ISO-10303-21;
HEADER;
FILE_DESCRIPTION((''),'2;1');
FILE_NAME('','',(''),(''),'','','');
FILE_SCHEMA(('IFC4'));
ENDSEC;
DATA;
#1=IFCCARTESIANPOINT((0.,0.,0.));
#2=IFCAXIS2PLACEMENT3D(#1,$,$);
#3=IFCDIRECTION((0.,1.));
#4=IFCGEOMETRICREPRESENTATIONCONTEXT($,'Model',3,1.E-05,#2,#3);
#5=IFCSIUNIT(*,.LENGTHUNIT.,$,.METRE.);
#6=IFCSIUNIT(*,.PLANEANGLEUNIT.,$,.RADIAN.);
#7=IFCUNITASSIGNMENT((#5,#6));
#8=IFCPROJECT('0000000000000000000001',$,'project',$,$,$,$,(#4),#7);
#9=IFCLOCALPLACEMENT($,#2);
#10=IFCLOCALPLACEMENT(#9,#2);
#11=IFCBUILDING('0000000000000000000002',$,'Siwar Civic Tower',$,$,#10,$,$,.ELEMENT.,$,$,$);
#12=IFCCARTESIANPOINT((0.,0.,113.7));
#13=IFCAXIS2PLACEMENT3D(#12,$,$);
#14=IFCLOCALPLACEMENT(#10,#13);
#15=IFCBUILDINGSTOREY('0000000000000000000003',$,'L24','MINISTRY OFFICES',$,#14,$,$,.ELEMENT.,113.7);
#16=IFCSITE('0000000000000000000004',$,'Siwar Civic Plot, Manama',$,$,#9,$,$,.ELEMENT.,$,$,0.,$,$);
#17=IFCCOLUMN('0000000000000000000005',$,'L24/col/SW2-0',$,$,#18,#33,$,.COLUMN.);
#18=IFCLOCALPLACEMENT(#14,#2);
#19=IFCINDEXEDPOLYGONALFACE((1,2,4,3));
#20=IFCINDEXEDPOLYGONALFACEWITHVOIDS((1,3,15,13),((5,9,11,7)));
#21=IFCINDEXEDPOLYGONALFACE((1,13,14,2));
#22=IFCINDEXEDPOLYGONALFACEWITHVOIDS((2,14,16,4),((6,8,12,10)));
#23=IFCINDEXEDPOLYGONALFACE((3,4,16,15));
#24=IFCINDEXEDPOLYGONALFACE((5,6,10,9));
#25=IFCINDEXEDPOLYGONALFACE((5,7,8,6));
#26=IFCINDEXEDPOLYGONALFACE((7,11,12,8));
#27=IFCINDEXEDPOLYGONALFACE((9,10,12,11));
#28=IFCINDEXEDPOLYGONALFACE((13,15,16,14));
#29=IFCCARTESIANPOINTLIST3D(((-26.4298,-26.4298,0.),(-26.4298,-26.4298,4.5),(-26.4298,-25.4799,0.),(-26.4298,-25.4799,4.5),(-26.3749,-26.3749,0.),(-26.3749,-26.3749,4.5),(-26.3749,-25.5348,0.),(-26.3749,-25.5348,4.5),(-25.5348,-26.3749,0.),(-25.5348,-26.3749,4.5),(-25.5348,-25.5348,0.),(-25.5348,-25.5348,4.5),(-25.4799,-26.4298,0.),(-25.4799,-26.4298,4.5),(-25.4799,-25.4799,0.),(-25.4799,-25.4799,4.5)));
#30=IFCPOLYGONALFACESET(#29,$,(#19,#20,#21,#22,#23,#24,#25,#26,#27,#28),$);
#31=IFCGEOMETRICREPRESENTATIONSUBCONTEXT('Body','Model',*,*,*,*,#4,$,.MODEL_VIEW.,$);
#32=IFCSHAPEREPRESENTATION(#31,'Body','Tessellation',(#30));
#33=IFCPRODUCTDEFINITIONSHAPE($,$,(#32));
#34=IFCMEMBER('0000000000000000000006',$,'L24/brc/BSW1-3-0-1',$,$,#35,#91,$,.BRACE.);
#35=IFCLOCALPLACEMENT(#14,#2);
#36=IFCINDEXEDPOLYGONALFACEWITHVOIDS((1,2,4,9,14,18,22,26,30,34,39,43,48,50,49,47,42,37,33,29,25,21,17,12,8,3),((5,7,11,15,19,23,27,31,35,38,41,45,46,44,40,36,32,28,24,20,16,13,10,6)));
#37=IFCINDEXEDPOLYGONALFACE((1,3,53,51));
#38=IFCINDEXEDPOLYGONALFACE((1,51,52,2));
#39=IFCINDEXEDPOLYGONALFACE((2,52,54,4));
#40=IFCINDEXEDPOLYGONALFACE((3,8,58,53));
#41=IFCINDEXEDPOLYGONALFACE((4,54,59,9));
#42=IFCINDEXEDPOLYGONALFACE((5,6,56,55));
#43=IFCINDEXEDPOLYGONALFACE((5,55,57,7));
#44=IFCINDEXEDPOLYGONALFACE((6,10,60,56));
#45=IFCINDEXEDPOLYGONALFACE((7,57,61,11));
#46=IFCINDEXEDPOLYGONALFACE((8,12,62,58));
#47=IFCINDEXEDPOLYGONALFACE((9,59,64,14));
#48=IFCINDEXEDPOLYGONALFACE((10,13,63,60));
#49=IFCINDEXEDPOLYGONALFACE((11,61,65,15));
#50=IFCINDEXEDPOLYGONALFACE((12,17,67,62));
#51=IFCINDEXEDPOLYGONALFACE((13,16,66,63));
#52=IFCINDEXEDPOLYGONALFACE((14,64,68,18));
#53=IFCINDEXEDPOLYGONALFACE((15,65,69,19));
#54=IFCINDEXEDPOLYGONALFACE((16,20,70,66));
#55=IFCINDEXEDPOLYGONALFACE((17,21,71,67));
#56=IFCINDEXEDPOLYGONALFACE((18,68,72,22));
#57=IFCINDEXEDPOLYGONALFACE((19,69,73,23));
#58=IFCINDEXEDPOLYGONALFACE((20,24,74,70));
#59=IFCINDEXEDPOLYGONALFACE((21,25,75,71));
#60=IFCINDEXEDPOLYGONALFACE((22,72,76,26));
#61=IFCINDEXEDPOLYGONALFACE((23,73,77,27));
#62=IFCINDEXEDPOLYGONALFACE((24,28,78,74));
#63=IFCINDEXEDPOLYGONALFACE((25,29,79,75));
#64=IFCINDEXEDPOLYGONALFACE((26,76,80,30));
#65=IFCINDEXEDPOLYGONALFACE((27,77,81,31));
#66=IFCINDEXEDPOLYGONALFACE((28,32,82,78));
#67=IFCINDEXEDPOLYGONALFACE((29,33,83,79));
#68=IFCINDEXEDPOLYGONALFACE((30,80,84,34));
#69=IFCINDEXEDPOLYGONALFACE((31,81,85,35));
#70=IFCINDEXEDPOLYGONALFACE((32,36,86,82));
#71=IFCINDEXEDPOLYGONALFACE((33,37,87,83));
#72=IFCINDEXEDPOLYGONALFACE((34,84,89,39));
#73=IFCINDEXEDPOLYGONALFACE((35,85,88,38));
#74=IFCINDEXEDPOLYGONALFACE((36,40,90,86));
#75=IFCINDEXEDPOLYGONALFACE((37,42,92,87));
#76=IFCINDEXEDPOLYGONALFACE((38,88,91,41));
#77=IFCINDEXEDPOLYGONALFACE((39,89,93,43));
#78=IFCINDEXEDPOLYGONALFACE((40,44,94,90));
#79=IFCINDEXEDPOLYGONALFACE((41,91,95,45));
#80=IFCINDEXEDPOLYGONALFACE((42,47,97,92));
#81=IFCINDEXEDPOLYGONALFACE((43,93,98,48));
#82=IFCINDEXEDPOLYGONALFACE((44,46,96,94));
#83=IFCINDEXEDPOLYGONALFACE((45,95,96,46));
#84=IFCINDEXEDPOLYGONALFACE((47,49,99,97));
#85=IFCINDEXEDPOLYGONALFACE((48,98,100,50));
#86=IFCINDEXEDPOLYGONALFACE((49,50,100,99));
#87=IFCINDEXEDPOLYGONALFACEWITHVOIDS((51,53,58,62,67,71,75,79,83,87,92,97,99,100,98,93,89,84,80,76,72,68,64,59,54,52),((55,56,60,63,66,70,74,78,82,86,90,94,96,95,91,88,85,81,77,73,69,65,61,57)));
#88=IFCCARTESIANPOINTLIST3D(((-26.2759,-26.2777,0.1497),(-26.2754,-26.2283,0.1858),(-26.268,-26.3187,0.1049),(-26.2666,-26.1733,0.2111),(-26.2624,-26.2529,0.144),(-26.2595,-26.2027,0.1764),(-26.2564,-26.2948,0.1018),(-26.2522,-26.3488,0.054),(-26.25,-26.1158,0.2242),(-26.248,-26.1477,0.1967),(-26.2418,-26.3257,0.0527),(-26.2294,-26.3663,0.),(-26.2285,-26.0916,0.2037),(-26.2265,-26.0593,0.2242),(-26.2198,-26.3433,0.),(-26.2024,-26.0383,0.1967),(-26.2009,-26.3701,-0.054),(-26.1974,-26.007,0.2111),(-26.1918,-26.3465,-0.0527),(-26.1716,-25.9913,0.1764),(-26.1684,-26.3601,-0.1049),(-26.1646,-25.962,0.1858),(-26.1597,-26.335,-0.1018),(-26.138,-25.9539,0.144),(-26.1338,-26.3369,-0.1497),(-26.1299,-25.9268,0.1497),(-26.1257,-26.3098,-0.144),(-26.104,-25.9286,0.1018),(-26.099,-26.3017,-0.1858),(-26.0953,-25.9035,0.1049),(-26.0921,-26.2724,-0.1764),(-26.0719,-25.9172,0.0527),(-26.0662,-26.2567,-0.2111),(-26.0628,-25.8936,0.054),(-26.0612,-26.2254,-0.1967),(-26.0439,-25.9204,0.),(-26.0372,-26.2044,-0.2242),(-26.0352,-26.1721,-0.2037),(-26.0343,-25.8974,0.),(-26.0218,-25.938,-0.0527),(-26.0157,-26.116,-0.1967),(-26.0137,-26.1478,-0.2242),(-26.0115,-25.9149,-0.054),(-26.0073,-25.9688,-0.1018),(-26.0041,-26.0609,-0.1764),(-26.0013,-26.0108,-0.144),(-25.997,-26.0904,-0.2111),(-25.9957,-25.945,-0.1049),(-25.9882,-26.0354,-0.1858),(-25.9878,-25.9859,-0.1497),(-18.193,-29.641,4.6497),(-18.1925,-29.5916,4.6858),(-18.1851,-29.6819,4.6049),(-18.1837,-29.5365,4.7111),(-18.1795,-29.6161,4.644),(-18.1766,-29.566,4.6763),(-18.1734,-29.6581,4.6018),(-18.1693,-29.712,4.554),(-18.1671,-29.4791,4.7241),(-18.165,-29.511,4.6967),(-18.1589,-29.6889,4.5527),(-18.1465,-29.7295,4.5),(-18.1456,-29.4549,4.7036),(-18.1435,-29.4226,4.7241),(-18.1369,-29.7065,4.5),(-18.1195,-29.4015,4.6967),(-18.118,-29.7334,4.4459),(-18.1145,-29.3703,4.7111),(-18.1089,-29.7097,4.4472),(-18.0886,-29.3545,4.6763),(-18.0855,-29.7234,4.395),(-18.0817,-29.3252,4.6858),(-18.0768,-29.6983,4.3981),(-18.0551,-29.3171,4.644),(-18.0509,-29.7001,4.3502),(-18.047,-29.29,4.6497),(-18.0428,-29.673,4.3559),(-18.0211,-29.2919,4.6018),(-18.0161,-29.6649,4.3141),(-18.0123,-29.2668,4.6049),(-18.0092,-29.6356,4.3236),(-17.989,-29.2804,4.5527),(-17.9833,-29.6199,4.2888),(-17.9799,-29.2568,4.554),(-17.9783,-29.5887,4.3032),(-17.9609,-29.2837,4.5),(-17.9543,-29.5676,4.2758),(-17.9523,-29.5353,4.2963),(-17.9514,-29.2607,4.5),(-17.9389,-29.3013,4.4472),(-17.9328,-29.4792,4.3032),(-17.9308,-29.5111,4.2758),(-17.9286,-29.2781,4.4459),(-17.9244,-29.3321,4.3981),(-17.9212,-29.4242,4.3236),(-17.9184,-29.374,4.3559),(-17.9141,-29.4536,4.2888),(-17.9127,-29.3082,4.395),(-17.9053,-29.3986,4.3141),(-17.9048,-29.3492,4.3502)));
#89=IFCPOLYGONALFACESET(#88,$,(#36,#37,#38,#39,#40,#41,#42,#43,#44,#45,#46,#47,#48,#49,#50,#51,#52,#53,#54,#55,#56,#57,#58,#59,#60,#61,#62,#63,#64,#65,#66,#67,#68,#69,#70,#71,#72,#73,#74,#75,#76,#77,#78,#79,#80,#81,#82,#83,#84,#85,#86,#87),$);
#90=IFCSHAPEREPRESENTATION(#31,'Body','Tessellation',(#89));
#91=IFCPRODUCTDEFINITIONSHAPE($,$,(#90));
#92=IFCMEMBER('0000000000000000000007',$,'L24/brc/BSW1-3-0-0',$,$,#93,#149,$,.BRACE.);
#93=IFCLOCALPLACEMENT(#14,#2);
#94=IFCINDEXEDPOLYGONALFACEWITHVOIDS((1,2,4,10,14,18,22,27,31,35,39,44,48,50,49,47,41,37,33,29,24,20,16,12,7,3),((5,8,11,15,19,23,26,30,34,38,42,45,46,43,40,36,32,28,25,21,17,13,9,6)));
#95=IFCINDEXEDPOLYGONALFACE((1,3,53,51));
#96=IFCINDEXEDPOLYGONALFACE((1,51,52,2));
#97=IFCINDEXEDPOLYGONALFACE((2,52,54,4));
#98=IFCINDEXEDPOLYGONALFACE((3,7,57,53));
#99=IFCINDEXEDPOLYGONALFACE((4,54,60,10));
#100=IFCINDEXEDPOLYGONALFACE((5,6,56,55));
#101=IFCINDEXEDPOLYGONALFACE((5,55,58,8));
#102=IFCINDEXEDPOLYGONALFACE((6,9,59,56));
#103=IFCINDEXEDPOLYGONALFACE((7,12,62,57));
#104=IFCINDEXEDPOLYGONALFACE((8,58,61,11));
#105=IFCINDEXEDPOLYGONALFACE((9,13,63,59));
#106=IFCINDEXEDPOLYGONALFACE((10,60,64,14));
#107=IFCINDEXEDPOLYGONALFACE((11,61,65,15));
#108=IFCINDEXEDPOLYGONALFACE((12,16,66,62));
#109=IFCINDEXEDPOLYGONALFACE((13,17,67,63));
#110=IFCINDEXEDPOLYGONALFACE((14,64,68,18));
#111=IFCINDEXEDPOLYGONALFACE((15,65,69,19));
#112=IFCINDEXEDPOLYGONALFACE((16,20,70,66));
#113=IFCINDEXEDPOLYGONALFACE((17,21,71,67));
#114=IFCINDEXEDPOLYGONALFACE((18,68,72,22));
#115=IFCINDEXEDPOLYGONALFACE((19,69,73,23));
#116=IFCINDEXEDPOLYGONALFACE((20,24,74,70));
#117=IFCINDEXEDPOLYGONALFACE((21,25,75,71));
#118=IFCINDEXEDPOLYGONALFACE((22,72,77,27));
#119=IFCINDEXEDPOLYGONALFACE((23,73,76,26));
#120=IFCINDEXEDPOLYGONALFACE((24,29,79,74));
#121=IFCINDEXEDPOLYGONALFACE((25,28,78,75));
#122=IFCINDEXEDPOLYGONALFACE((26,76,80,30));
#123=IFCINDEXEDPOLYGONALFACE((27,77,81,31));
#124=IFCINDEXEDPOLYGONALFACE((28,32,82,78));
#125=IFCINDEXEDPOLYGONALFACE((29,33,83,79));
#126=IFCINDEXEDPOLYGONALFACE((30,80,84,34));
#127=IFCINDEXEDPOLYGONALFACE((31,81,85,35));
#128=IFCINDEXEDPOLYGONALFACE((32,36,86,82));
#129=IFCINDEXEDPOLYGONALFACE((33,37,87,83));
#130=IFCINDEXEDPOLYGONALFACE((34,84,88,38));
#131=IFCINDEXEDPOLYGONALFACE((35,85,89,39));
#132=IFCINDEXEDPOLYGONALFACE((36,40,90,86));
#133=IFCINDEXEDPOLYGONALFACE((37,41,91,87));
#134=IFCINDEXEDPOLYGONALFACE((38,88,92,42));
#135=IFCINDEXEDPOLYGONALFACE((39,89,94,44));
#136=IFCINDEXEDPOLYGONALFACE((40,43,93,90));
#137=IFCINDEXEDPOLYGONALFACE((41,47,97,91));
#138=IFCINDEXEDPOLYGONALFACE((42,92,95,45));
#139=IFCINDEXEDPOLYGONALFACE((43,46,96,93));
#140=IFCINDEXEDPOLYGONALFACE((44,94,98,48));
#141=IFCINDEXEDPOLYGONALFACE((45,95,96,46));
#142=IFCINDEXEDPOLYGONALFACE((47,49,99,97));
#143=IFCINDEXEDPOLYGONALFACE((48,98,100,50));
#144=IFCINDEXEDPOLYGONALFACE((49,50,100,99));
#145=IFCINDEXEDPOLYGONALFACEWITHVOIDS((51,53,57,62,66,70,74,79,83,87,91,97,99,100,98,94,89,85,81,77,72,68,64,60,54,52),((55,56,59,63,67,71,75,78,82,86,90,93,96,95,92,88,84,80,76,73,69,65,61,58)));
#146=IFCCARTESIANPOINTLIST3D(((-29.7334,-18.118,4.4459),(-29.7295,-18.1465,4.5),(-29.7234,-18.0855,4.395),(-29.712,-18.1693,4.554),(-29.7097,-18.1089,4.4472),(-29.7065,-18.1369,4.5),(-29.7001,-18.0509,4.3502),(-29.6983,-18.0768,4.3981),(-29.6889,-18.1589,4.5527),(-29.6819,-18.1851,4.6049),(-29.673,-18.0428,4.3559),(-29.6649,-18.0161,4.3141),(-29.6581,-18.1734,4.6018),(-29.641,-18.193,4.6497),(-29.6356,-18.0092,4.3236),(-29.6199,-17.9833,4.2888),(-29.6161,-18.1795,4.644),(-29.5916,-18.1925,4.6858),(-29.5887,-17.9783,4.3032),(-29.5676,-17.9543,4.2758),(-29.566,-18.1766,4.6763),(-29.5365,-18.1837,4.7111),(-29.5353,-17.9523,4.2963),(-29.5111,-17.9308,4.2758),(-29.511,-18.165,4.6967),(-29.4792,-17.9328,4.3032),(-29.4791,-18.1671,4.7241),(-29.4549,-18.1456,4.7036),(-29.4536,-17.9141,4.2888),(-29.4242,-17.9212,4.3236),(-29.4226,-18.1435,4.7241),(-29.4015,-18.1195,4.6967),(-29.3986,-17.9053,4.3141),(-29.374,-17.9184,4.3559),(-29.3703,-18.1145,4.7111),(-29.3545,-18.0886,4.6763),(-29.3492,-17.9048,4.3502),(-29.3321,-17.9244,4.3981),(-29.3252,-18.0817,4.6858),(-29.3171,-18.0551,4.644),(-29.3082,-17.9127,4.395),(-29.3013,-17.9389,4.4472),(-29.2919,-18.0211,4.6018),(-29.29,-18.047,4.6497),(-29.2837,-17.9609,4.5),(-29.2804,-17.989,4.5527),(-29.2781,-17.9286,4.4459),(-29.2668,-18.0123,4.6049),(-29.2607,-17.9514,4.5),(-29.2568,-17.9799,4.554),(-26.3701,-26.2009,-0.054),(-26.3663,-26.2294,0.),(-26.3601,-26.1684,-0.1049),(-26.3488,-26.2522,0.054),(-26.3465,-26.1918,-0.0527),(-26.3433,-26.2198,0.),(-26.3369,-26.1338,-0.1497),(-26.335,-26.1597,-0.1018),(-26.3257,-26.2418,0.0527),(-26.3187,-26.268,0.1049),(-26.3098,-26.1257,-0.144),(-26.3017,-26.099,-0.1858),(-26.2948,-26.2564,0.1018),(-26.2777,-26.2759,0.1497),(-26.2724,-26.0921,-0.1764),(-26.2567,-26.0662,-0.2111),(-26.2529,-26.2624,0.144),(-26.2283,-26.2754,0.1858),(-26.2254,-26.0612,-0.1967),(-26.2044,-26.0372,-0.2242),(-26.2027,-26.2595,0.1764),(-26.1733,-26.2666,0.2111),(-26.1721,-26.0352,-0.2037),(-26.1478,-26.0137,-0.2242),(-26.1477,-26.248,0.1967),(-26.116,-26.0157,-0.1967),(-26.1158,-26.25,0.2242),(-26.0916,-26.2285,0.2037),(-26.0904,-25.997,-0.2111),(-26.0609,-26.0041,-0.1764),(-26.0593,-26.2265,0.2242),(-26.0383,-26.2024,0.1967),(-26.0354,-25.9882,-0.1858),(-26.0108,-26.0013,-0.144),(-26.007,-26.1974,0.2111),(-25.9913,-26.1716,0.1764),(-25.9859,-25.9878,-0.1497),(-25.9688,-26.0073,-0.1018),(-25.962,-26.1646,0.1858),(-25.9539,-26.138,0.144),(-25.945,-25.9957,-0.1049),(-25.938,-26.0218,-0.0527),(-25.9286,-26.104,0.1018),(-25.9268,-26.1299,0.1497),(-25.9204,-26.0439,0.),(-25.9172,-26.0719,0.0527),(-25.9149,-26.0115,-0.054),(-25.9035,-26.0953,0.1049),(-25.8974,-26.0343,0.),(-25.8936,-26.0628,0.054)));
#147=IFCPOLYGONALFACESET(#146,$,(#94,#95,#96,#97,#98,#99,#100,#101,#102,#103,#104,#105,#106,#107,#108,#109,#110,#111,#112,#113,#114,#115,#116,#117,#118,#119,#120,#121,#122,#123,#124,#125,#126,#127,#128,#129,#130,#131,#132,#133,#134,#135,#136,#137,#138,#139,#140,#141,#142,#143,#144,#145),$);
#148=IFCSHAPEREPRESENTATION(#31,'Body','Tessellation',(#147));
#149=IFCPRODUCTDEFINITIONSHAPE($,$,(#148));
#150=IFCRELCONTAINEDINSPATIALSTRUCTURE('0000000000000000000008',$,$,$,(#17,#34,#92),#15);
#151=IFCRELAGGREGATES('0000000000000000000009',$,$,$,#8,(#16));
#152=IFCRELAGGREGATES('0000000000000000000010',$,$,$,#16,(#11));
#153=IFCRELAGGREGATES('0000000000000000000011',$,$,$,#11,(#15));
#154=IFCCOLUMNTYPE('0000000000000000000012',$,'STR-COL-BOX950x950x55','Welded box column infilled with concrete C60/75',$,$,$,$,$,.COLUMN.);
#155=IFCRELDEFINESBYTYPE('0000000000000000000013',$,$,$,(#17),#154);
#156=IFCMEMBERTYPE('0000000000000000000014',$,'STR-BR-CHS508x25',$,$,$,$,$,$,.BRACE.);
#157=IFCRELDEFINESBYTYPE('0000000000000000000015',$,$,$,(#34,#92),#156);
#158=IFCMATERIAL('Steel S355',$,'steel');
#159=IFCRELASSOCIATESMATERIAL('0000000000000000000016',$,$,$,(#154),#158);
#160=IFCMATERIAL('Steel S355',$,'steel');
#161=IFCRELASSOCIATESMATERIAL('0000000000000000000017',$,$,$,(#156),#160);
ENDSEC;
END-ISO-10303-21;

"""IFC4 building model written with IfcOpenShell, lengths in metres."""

from ifc_helpers import new_model, si_unit, direction, frame, origin, origin_2d, place, context, subcontext, project, spatial, hollow_rectangle, hollow_circle, extrude, material, material_profile, profile_set, type_object, element, save


model = new_model("IFC4")

# Units and contexts
model_context = context("Model", 3, precision=1e-05, world=origin(), true_north=direction((0.0, 1.0)))
body_context = subcontext(model_context, "Body", "Model", "MODEL_VIEW")
ifc_project = project(units=[si_unit("LENGTHUNIT", "METRE"), si_unit("PLANEANGLEUNIT", "RADIAN")], contexts=[model_context])

# Site, building, storey
site_placement = place(None, origin())
site = spatial("IfcSite", under=ifc_project, at=site_placement, Name="Siwar Civic Plot, Manama", CompositionType="ELEMENT", RefElevation=0.0)
building_placement = place(site_placement, origin())
building = spatial("IfcBuilding", under=site, at=building_placement, Name="Siwar Civic Tower", CompositionType="ELEMENT")
storey_placement = place(building_placement, frame((0.0, 0.0, 113.7)))
storey = spatial("IfcBuildingStorey", under=building, at=storey_placement, Name="L24", Description="MINISTRY OFFICES", CompositionType="ELEMENT", Elevation=113.7)

# Column
ifc_material_1 = material(Name="Steel S355", Category="steel")
ifc_material_profile_1 = material_profile(ifc_material_1, hollow_rectangle(XDim=0.95, YDim=0.95, WallThickness=0.0549, at=origin_2d()), Name="BOX950x950x55")
ifc_profile_set_1 = profile_set([ifc_material_profile_1], Name="Steel S355")
column_type = type_object("IfcColumnType", Name="STR-COL-BOX950x950x55", Description="Welded box column infilled with concrete C60/75", PredefinedType="COLUMN", material=ifc_profile_set_1)
column_placement = place(storey_placement, frame((-25.9548, -25.9548, 0.0), z_axis=(0.0, 0.0, 1.0), x_axis=(1.0, 0.0, 0.0)))
element("IfcColumn", 1, at=column_placement, inside=storey, type_object=column_type, Name="L24/col/SW2-0", PredefinedType="COLUMN", context=body_context, shape_type="SweptSolid", body=[
    extrude(hollow_rectangle(XDim=0.95, YDim=0.95, WallThickness=0.0549, at=origin_2d()), origin(), (0.0, 0.0, 1.0), 4.5),
])

# Members
ifc_material_2 = material(Name="Steel S355", Category="steel")
ifc_material_profile_2 = material_profile(ifc_material_2, hollow_circle(Radius=0.2539, WallThickness=0.0249, at=origin_2d()), Name="CHS508x25")
ifc_profile_set_2 = profile_set([ifc_material_profile_2], Name="Steel S355")
member_type = type_object("IfcMemberType", Name="STR-BR-CHS508x25", PredefinedType="BRACE", material=ifc_profile_set_2)
for number, where, z_axis, x_axis, name in (
    (2, (-26.1318, -26.1318, 0.0), (0.821143, -0.341671, 0.457149), (0.384164, 0.923265, 0.0), "L24/brc/BSW1-3-0-1"),
    (3, (-26.1318, -26.1318, 0.0), (-0.341671, 0.821143, 0.457149), (-0.923265, -0.384164, 0.0), "L24/brc/BSW1-3-0-0"),
):
    element("IfcMember", number, at=place(storey_placement, frame(where, z_axis=z_axis, x_axis=x_axis)), inside=storey, type_object=member_type, Name=name, PredefinedType="BRACE", context=body_context, shape_type="SweptSolid", body=[
        extrude(hollow_circle(Radius=0.2539, WallThickness=0.0249, at=origin_2d()), origin(), (0.0, 0.0, 1.0), 9.8435),
    ])

save(model, "model.ifc")
